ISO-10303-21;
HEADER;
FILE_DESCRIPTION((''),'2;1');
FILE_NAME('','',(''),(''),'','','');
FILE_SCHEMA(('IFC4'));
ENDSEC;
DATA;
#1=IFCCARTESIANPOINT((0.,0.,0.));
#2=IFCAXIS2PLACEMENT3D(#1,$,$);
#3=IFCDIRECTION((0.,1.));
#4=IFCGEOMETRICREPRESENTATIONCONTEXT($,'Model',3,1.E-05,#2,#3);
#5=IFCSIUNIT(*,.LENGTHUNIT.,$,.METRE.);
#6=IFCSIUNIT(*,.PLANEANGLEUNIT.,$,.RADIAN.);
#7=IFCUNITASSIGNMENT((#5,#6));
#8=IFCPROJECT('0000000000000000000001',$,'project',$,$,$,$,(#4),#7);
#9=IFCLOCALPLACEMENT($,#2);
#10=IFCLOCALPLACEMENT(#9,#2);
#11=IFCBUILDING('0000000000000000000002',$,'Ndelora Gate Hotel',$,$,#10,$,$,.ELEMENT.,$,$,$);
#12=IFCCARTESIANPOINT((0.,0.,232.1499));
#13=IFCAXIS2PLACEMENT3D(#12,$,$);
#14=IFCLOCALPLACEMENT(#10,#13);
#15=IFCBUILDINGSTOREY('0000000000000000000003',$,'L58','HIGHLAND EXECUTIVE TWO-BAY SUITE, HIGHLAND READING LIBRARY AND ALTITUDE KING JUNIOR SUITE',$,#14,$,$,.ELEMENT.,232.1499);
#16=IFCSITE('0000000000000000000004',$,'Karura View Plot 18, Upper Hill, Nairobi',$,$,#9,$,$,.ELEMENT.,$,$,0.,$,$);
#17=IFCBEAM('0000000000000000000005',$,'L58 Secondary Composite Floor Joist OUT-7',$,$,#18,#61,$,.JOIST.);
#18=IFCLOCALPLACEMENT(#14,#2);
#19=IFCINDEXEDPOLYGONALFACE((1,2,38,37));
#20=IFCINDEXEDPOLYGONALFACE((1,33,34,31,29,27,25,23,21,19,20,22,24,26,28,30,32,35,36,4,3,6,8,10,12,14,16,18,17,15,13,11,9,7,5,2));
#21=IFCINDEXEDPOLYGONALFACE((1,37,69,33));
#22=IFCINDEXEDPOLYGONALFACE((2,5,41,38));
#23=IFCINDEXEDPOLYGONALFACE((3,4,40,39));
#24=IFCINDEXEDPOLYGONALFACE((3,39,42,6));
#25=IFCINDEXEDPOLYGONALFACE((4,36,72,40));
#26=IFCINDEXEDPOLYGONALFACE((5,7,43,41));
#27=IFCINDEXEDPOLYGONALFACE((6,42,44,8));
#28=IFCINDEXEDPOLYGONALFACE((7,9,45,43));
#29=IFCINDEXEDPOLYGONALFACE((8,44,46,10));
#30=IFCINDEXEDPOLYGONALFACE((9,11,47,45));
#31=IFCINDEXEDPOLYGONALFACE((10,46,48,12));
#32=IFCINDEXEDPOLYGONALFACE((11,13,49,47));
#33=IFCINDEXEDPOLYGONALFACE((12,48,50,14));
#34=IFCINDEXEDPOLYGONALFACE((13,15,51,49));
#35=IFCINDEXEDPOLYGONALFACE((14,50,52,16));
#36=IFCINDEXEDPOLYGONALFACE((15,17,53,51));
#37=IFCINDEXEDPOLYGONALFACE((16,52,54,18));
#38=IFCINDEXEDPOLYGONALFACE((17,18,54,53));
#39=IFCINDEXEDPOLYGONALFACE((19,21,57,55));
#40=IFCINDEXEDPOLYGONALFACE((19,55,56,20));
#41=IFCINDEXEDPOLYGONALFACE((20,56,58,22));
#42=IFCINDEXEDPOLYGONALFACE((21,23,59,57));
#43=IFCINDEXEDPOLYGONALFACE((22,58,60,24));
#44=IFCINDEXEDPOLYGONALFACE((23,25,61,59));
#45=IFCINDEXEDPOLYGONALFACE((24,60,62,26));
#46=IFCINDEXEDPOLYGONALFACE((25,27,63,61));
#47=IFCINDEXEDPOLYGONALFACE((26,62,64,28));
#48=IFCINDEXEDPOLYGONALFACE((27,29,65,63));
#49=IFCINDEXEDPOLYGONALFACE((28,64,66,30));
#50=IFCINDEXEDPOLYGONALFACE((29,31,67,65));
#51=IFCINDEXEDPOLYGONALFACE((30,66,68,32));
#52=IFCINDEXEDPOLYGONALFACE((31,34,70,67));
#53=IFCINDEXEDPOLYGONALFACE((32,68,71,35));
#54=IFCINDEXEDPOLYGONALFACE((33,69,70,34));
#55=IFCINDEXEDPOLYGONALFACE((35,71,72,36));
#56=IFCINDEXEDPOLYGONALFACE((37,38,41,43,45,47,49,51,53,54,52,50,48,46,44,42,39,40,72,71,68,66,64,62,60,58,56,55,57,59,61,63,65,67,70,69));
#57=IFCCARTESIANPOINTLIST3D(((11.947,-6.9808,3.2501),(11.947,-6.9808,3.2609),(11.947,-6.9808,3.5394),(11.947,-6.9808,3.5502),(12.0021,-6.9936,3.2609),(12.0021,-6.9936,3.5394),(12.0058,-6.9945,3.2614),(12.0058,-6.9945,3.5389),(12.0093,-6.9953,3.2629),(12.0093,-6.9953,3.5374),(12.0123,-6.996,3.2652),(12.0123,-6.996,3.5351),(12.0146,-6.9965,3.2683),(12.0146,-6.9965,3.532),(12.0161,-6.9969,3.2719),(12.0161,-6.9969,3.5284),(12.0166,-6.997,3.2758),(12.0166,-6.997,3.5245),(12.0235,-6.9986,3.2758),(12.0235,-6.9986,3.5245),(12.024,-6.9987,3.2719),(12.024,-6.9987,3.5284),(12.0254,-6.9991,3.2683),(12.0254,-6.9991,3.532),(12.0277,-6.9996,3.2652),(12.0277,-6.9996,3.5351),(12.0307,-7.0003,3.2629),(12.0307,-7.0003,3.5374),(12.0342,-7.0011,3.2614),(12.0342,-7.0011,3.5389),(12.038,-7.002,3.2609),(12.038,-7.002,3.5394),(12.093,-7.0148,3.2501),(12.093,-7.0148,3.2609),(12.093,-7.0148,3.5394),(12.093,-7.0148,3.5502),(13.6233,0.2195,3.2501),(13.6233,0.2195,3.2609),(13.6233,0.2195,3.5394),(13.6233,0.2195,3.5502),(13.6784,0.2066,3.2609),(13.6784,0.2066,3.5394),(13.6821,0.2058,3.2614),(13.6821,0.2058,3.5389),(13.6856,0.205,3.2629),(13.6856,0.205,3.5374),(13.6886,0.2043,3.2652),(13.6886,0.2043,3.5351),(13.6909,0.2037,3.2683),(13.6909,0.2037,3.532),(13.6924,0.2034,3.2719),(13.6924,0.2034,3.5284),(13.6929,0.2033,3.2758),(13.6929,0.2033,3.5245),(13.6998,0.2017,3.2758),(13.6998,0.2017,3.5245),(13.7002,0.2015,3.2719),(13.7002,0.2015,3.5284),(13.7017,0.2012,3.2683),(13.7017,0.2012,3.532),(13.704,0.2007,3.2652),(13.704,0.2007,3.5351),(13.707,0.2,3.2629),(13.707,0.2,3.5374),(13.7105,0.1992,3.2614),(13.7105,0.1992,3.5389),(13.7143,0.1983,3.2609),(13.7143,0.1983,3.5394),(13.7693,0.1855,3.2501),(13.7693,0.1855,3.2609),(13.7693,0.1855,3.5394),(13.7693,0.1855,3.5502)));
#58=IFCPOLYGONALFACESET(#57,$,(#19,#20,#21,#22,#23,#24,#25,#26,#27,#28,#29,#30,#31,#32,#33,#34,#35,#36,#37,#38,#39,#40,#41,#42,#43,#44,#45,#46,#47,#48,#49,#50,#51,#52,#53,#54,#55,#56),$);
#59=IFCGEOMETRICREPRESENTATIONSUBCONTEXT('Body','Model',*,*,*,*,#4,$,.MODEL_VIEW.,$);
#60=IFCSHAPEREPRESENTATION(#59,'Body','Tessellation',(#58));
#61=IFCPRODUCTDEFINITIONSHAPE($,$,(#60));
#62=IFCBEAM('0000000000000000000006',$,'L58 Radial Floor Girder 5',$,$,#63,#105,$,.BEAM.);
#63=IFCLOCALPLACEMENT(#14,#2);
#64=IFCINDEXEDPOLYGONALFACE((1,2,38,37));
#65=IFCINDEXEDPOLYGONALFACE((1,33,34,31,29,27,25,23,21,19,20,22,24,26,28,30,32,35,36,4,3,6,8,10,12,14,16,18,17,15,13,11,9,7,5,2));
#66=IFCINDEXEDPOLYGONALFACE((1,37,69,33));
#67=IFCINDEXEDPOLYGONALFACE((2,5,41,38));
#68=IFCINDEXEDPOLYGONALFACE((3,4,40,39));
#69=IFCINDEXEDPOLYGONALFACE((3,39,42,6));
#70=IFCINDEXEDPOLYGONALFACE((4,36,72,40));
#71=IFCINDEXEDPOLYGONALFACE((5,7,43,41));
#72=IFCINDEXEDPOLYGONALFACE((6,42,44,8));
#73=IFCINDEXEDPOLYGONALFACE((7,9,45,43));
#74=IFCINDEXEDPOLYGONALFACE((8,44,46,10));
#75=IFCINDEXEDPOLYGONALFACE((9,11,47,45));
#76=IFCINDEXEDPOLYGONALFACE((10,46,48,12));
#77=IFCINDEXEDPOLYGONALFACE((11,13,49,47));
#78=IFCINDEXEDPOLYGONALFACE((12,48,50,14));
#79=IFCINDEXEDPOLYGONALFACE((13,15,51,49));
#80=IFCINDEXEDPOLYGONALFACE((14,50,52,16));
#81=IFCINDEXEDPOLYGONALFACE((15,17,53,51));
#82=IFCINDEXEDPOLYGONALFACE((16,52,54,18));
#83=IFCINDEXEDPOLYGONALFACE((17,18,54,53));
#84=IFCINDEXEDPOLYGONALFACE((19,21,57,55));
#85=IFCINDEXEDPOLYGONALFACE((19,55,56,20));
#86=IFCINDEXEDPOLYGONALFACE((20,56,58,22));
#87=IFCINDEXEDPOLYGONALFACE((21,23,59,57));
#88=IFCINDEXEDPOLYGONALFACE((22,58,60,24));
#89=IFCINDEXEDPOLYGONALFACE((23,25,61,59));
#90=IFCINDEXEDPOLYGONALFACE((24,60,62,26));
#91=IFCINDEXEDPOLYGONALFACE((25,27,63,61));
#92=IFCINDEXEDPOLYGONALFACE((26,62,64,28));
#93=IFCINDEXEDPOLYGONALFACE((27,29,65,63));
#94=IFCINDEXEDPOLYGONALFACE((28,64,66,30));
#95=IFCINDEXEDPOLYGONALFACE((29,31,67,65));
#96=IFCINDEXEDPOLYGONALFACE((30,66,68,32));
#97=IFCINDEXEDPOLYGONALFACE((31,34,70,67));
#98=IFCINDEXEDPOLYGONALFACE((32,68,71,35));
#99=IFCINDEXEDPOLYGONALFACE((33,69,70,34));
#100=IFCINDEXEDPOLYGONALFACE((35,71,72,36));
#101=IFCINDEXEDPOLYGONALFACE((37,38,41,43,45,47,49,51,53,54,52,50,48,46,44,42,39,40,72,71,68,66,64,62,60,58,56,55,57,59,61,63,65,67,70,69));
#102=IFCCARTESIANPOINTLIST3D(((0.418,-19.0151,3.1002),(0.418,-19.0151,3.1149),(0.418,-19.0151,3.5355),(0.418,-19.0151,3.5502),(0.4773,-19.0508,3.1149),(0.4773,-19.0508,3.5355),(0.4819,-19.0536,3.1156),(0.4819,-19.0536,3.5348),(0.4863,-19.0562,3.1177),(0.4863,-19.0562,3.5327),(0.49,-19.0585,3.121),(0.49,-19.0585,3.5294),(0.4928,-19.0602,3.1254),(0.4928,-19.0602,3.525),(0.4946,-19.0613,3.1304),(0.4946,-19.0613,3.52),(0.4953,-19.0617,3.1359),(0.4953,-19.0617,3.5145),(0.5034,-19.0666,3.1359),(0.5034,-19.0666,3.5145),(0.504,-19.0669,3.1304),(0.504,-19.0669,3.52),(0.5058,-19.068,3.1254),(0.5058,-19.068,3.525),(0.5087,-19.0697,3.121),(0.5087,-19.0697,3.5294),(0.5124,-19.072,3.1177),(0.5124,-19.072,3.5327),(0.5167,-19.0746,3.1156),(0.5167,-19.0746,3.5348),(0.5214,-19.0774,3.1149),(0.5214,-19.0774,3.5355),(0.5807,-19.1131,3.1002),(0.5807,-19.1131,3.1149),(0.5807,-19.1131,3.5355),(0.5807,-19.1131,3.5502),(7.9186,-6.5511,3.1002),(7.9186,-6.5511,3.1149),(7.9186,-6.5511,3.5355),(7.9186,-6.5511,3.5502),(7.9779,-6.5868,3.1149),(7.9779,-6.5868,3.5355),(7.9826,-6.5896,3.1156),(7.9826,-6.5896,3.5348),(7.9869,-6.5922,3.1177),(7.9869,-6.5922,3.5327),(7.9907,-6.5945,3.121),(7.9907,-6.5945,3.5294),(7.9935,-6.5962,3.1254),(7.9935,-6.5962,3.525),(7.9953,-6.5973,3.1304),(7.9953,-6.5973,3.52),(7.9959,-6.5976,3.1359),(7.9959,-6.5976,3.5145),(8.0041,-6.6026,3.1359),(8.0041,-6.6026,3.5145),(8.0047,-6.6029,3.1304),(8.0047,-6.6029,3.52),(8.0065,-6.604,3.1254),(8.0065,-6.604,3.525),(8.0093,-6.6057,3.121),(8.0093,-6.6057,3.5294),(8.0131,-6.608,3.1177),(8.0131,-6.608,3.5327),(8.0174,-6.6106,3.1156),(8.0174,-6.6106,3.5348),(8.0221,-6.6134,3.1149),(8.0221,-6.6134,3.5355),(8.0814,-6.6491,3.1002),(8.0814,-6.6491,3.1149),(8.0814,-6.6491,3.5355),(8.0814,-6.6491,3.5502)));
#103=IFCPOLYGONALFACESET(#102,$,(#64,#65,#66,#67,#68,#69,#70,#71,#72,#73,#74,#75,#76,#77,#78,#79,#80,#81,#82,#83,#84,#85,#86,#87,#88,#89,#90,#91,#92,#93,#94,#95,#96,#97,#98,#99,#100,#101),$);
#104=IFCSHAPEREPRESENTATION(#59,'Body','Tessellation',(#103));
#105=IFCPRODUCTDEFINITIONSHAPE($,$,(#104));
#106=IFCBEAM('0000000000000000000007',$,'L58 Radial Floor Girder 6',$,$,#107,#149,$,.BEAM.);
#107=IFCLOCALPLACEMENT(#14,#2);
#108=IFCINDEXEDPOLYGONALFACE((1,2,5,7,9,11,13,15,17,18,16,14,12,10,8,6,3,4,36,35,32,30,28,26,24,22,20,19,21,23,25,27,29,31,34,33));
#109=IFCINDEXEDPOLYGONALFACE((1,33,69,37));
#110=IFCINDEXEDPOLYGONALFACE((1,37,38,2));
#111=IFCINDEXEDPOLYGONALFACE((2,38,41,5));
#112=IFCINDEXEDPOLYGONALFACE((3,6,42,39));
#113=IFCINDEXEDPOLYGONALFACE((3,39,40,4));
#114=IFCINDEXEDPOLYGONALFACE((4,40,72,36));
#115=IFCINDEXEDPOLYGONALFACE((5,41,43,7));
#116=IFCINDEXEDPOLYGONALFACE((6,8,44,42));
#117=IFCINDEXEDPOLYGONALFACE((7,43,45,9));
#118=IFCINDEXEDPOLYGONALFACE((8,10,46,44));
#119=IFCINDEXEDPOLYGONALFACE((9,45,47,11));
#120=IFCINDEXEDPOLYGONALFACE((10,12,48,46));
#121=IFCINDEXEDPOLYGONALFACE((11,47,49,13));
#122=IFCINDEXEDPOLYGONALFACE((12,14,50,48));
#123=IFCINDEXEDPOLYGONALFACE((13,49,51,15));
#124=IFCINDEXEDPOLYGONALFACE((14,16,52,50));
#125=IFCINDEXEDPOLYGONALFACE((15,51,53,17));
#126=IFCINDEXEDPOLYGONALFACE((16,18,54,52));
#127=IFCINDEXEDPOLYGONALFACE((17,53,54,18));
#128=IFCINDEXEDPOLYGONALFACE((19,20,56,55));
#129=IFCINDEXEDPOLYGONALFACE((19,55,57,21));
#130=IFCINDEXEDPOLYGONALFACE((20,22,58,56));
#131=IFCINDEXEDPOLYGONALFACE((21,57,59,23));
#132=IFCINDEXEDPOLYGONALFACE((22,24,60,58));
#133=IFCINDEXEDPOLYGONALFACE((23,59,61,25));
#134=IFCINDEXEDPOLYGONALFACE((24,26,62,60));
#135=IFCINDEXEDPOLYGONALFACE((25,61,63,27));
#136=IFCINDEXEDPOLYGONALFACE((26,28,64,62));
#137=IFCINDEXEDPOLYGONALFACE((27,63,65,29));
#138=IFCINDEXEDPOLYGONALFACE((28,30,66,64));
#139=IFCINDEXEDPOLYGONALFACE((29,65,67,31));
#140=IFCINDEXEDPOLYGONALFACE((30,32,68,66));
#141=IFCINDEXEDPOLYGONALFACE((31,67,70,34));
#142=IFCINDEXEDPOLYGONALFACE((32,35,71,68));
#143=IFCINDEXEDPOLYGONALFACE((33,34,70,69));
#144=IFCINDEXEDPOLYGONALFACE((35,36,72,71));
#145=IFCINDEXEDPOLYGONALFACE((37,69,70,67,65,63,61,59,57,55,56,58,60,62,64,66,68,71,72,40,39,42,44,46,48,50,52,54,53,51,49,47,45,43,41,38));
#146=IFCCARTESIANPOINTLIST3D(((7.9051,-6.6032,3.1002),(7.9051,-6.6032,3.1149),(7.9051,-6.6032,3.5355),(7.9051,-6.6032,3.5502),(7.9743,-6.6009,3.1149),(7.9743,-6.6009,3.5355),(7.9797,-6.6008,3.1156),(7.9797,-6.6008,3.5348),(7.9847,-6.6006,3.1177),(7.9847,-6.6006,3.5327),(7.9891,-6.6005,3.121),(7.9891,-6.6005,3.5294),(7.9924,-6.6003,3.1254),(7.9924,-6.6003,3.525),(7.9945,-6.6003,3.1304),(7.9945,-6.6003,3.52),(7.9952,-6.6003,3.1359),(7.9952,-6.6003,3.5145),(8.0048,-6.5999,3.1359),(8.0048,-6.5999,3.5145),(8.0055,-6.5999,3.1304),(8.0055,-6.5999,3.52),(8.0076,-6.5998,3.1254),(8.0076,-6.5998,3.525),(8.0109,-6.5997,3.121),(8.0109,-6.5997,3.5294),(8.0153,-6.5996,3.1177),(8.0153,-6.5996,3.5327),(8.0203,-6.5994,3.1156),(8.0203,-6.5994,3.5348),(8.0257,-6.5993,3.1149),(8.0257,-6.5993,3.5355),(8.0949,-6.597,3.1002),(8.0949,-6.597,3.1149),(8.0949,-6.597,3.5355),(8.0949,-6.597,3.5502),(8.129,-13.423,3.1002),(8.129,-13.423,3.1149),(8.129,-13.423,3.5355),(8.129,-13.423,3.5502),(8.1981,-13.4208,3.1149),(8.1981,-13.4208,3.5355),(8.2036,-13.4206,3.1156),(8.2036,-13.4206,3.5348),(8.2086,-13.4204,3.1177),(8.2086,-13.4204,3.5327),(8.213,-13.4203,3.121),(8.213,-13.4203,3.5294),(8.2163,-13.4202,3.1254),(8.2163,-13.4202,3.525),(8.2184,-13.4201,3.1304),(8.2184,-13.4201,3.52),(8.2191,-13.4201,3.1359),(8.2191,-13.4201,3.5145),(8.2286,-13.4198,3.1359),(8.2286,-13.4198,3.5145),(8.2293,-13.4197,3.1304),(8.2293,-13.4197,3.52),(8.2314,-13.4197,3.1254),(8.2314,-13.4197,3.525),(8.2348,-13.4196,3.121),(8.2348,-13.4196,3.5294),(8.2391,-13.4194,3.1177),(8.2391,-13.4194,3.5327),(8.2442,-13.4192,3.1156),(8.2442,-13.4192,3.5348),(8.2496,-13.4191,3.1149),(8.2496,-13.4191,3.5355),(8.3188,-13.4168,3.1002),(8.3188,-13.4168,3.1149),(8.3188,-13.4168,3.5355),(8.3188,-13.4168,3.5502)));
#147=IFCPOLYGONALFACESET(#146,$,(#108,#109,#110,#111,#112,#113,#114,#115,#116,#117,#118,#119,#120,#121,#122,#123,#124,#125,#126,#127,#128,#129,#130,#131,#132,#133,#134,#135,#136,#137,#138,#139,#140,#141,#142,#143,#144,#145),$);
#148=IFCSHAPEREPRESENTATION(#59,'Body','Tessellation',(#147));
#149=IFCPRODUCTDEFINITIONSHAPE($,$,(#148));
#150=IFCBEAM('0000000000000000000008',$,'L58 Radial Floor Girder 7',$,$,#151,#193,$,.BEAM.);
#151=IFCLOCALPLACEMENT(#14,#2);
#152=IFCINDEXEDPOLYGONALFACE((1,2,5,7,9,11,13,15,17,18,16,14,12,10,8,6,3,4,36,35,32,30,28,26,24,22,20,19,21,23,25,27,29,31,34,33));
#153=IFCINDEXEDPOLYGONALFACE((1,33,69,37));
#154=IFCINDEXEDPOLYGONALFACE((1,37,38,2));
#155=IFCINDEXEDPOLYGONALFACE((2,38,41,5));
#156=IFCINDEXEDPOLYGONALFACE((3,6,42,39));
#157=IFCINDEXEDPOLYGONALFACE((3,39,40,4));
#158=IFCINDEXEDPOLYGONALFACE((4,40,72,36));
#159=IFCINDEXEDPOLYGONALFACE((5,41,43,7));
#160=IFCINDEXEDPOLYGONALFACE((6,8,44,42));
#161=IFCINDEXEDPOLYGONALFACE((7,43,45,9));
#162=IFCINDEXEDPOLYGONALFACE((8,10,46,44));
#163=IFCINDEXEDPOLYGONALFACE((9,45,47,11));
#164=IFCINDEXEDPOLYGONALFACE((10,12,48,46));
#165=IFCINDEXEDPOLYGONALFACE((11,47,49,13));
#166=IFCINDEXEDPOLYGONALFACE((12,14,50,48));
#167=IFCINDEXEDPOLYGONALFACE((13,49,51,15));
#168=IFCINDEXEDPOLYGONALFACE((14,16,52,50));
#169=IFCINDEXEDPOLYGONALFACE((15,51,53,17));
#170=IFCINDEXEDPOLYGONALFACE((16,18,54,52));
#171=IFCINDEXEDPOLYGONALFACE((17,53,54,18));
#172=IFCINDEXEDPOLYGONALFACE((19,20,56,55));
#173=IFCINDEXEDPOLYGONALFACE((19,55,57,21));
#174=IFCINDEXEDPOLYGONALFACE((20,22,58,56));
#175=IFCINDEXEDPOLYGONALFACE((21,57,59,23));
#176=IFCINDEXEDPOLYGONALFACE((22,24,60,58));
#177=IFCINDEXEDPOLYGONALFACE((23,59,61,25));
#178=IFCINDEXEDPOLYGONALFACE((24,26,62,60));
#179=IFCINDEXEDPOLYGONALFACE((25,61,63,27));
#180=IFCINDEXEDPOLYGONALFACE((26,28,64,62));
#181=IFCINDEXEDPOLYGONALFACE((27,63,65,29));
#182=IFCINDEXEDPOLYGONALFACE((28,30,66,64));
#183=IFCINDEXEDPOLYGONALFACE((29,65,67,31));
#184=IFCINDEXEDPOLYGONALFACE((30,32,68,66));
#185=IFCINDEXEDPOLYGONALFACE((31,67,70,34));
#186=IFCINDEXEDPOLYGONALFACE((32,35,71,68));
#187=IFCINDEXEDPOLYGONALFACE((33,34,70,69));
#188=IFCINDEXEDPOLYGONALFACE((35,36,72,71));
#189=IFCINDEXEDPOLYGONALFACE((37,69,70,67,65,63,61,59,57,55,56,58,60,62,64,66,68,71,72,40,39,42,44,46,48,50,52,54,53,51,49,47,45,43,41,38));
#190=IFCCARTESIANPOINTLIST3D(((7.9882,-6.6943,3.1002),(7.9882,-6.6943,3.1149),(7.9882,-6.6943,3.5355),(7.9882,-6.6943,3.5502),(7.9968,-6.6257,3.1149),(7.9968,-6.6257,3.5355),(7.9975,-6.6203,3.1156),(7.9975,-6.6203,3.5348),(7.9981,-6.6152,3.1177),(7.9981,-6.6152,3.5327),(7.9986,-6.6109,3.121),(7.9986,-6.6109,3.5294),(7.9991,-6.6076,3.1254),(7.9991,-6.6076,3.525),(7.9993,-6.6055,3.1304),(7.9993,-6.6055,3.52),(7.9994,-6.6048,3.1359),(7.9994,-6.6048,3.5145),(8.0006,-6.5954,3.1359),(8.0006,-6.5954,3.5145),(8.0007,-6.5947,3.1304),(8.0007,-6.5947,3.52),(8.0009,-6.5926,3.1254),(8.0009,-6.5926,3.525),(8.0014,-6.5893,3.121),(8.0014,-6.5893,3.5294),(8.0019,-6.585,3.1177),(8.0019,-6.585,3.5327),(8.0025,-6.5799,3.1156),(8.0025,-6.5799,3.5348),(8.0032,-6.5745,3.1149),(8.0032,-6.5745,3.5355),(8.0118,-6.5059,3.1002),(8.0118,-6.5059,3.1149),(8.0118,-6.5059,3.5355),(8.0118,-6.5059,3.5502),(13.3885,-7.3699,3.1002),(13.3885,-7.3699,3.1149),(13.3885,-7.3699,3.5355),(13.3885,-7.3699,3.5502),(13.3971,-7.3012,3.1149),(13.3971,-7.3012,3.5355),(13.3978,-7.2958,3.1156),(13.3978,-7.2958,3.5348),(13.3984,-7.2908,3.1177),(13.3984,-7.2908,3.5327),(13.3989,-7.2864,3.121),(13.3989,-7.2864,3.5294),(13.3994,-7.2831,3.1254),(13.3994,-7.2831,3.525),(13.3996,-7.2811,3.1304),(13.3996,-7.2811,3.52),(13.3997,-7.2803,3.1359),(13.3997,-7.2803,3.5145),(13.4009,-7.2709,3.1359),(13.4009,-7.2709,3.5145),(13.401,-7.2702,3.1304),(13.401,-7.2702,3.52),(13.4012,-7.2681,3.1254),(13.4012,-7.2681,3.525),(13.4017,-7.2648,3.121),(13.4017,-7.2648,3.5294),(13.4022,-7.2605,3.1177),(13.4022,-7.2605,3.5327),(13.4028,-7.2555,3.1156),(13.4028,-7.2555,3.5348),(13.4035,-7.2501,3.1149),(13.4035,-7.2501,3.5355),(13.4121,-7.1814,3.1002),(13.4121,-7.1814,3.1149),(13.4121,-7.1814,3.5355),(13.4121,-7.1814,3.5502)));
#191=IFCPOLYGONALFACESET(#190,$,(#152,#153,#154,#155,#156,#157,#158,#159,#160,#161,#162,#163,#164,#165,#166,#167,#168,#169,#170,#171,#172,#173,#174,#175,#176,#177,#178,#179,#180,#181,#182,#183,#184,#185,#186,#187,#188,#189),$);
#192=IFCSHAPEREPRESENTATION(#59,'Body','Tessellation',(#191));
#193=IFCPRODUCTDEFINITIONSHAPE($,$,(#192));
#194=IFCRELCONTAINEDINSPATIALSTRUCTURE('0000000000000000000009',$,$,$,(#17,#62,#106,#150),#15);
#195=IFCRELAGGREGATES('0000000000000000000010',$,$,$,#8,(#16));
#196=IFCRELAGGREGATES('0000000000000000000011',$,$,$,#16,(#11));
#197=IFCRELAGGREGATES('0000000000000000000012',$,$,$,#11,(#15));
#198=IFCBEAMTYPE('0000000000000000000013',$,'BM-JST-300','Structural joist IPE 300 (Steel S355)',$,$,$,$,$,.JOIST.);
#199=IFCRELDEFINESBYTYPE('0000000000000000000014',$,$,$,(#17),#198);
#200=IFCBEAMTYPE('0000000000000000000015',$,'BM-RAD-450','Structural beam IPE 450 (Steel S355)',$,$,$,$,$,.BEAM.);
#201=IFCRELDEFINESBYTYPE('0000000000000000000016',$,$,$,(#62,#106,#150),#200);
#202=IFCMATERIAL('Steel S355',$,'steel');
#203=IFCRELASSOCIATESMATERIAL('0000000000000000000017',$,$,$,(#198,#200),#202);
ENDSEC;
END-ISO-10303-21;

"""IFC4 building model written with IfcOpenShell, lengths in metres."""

from ifc_helpers import new_model, si_unit, direction, frame, origin, origin_2d, place, context, subcontext, project, spatial, i_section, extrude, material, material_profile, profile_set, type_object, element, save


model = new_model("IFC4")

# Units and contexts
model_context = context("Model", 3, precision=1e-05, world=origin(), true_north=direction((0.0, 1.0)))
body_context = subcontext(model_context, "Body", "Model", "MODEL_VIEW")
ifc_project = project(units=[si_unit("LENGTHUNIT", "METRE"), si_unit("PLANEANGLEUNIT", "RADIAN")], contexts=[model_context])

# Site, building, storey
site_placement = place(None, origin())
site = spatial("IfcSite", under=ifc_project, at=site_placement, Name="Karura View Plot 18, Upper Hill, Nairobi", CompositionType="ELEMENT", RefElevation=0.0)
building_placement = place(site_placement, origin())
building = spatial("IfcBuilding", under=site, at=building_placement, Name="Ndelora Gate Hotel", CompositionType="ELEMENT")
storey_placement = place(building_placement, frame((0.0, 0.0, 232.1499)))
storey = spatial("IfcBuildingStorey", under=building, at=storey_placement, Name="L58", Description="HIGHLAND EXECUTIVE TWO-BAY SUITE, HIGHLAND READING LIBRARY AND ALTITUDE KING JUNIOR SUITE", CompositionType="ELEMENT", Elevation=232.1499)

# Beams
ifc_material_1 = material(Name="Steel S355", Category="steel")
ifc_material_profile_1 = material_profile(ifc_material_1, i_section(OverallWidth=0.1499, OverallDepth=0.3, WebThickness=0.0071, FlangeThickness=0.0107, FilletRadius=0.0149, at=origin_2d()), Name="IPE 300")
ifc_profile_set_1 = profile_set([ifc_material_profile_1], Name="Steel S355")
beam_type_1 = type_object("IfcBeamType", Name="BM-JST-300", Description="Structural joist IPE 300 (Steel S355)", PredefinedType="JOIST", material=ifc_profile_set_1)
beam_1_placement = place(storey_placement, frame((12.02, -6.9978, 3.4001), z_axis=(0.226745, 0.973954, 0.0), x_axis=(-0.973954, 0.226745, 0.0)))
element("IfcBeam", 1, at=beam_1_placement, inside=storey, type_object=beam_type_1, Name="L58 Secondary Composite Floor Joist OUT-7", PredefinedType="JOIST", context=body_context, shape_type="SweptSolid", body=[
    extrude(i_section(OverallWidth=0.1499, OverallDepth=0.3, WebThickness=0.0071, FlangeThickness=0.0107, FilletRadius=0.0149, at=origin_2d()), origin(), (0.0, 0.0, 1.0), 7.3928),
])
ifc_material_profile_2 = material_profile(ifc_material_1, i_section(OverallWidth=0.1899, OverallDepth=0.45, WebThickness=0.0095, FlangeThickness=0.0146, FilletRadius=0.021, at=origin_2d()), Name="IPE 450")
ifc_profile_set_2 = profile_set([ifc_material_profile_2], Name="Steel S355")
beam_type_2 = type_object("IfcBeamType", Name="BM-RAD-450", Description="Structural beam IPE 450 (Steel S355)", PredefinedType="BEAM", material=ifc_profile_set_2)
beam_2_placement = place(storey_placement, frame((8.0, -6.6001, 3.3252), z_axis=(-0.515621, -0.856817, 0.0), x_axis=(0.856817, -0.515621, 0.0)))
element("IfcBeam", 2, at=beam_2_placement, inside=storey, type_object=beam_type_2, Name="L58 Radial Floor Girder 5", PredefinedType="BEAM", context=body_context, shape_type="SweptSolid", body=[
    extrude(i_section(OverallWidth=0.1899, OverallDepth=0.45, WebThickness=0.0095, FlangeThickness=0.0146, FilletRadius=0.021, at=origin_2d()), origin(), (0.0, 0.0, 1.0), 14.5469),
])
beam_3_placement = place(storey_placement, frame((8.0, -6.6001, 3.3252), z_axis=(0.03281, -0.999462, 0.0), x_axis=(0.999462, 0.03281, 0.0)))
element("IfcBeam", 3, at=beam_3_placement, inside=storey, type_object=beam_type_2, Name="L58 Radial Floor Girder 6", PredefinedType="BEAM", context=body_context, shape_type="SweptSolid", body=[
    extrude(i_section(OverallWidth=0.1899, OverallDepth=0.45, WebThickness=0.0095, FlangeThickness=0.0146, FilletRadius=0.021, at=origin_2d()), origin(), (0.0, 0.0, 1.0), 6.8235),
])
beam_4_placement = place(storey_placement, frame((8.0, -6.6001, 3.3252), z_axis=(0.992267, -0.124123, 0.0), x_axis=(0.124123, 0.992267, 0.0)))
element("IfcBeam", 4, at=beam_4_placement, inside=storey, type_object=beam_type_2, Name="L58 Radial Floor Girder 7", PredefinedType="BEAM", context=body_context, shape_type="SweptSolid", body=[
    extrude(i_section(OverallWidth=0.1899, OverallDepth=0.45, WebThickness=0.0095, FlangeThickness=0.0146, FilletRadius=0.021, at=origin_2d()), origin(), (0.0, 0.0, 1.0), 5.4424),
])

save(model, "model.ifc")
